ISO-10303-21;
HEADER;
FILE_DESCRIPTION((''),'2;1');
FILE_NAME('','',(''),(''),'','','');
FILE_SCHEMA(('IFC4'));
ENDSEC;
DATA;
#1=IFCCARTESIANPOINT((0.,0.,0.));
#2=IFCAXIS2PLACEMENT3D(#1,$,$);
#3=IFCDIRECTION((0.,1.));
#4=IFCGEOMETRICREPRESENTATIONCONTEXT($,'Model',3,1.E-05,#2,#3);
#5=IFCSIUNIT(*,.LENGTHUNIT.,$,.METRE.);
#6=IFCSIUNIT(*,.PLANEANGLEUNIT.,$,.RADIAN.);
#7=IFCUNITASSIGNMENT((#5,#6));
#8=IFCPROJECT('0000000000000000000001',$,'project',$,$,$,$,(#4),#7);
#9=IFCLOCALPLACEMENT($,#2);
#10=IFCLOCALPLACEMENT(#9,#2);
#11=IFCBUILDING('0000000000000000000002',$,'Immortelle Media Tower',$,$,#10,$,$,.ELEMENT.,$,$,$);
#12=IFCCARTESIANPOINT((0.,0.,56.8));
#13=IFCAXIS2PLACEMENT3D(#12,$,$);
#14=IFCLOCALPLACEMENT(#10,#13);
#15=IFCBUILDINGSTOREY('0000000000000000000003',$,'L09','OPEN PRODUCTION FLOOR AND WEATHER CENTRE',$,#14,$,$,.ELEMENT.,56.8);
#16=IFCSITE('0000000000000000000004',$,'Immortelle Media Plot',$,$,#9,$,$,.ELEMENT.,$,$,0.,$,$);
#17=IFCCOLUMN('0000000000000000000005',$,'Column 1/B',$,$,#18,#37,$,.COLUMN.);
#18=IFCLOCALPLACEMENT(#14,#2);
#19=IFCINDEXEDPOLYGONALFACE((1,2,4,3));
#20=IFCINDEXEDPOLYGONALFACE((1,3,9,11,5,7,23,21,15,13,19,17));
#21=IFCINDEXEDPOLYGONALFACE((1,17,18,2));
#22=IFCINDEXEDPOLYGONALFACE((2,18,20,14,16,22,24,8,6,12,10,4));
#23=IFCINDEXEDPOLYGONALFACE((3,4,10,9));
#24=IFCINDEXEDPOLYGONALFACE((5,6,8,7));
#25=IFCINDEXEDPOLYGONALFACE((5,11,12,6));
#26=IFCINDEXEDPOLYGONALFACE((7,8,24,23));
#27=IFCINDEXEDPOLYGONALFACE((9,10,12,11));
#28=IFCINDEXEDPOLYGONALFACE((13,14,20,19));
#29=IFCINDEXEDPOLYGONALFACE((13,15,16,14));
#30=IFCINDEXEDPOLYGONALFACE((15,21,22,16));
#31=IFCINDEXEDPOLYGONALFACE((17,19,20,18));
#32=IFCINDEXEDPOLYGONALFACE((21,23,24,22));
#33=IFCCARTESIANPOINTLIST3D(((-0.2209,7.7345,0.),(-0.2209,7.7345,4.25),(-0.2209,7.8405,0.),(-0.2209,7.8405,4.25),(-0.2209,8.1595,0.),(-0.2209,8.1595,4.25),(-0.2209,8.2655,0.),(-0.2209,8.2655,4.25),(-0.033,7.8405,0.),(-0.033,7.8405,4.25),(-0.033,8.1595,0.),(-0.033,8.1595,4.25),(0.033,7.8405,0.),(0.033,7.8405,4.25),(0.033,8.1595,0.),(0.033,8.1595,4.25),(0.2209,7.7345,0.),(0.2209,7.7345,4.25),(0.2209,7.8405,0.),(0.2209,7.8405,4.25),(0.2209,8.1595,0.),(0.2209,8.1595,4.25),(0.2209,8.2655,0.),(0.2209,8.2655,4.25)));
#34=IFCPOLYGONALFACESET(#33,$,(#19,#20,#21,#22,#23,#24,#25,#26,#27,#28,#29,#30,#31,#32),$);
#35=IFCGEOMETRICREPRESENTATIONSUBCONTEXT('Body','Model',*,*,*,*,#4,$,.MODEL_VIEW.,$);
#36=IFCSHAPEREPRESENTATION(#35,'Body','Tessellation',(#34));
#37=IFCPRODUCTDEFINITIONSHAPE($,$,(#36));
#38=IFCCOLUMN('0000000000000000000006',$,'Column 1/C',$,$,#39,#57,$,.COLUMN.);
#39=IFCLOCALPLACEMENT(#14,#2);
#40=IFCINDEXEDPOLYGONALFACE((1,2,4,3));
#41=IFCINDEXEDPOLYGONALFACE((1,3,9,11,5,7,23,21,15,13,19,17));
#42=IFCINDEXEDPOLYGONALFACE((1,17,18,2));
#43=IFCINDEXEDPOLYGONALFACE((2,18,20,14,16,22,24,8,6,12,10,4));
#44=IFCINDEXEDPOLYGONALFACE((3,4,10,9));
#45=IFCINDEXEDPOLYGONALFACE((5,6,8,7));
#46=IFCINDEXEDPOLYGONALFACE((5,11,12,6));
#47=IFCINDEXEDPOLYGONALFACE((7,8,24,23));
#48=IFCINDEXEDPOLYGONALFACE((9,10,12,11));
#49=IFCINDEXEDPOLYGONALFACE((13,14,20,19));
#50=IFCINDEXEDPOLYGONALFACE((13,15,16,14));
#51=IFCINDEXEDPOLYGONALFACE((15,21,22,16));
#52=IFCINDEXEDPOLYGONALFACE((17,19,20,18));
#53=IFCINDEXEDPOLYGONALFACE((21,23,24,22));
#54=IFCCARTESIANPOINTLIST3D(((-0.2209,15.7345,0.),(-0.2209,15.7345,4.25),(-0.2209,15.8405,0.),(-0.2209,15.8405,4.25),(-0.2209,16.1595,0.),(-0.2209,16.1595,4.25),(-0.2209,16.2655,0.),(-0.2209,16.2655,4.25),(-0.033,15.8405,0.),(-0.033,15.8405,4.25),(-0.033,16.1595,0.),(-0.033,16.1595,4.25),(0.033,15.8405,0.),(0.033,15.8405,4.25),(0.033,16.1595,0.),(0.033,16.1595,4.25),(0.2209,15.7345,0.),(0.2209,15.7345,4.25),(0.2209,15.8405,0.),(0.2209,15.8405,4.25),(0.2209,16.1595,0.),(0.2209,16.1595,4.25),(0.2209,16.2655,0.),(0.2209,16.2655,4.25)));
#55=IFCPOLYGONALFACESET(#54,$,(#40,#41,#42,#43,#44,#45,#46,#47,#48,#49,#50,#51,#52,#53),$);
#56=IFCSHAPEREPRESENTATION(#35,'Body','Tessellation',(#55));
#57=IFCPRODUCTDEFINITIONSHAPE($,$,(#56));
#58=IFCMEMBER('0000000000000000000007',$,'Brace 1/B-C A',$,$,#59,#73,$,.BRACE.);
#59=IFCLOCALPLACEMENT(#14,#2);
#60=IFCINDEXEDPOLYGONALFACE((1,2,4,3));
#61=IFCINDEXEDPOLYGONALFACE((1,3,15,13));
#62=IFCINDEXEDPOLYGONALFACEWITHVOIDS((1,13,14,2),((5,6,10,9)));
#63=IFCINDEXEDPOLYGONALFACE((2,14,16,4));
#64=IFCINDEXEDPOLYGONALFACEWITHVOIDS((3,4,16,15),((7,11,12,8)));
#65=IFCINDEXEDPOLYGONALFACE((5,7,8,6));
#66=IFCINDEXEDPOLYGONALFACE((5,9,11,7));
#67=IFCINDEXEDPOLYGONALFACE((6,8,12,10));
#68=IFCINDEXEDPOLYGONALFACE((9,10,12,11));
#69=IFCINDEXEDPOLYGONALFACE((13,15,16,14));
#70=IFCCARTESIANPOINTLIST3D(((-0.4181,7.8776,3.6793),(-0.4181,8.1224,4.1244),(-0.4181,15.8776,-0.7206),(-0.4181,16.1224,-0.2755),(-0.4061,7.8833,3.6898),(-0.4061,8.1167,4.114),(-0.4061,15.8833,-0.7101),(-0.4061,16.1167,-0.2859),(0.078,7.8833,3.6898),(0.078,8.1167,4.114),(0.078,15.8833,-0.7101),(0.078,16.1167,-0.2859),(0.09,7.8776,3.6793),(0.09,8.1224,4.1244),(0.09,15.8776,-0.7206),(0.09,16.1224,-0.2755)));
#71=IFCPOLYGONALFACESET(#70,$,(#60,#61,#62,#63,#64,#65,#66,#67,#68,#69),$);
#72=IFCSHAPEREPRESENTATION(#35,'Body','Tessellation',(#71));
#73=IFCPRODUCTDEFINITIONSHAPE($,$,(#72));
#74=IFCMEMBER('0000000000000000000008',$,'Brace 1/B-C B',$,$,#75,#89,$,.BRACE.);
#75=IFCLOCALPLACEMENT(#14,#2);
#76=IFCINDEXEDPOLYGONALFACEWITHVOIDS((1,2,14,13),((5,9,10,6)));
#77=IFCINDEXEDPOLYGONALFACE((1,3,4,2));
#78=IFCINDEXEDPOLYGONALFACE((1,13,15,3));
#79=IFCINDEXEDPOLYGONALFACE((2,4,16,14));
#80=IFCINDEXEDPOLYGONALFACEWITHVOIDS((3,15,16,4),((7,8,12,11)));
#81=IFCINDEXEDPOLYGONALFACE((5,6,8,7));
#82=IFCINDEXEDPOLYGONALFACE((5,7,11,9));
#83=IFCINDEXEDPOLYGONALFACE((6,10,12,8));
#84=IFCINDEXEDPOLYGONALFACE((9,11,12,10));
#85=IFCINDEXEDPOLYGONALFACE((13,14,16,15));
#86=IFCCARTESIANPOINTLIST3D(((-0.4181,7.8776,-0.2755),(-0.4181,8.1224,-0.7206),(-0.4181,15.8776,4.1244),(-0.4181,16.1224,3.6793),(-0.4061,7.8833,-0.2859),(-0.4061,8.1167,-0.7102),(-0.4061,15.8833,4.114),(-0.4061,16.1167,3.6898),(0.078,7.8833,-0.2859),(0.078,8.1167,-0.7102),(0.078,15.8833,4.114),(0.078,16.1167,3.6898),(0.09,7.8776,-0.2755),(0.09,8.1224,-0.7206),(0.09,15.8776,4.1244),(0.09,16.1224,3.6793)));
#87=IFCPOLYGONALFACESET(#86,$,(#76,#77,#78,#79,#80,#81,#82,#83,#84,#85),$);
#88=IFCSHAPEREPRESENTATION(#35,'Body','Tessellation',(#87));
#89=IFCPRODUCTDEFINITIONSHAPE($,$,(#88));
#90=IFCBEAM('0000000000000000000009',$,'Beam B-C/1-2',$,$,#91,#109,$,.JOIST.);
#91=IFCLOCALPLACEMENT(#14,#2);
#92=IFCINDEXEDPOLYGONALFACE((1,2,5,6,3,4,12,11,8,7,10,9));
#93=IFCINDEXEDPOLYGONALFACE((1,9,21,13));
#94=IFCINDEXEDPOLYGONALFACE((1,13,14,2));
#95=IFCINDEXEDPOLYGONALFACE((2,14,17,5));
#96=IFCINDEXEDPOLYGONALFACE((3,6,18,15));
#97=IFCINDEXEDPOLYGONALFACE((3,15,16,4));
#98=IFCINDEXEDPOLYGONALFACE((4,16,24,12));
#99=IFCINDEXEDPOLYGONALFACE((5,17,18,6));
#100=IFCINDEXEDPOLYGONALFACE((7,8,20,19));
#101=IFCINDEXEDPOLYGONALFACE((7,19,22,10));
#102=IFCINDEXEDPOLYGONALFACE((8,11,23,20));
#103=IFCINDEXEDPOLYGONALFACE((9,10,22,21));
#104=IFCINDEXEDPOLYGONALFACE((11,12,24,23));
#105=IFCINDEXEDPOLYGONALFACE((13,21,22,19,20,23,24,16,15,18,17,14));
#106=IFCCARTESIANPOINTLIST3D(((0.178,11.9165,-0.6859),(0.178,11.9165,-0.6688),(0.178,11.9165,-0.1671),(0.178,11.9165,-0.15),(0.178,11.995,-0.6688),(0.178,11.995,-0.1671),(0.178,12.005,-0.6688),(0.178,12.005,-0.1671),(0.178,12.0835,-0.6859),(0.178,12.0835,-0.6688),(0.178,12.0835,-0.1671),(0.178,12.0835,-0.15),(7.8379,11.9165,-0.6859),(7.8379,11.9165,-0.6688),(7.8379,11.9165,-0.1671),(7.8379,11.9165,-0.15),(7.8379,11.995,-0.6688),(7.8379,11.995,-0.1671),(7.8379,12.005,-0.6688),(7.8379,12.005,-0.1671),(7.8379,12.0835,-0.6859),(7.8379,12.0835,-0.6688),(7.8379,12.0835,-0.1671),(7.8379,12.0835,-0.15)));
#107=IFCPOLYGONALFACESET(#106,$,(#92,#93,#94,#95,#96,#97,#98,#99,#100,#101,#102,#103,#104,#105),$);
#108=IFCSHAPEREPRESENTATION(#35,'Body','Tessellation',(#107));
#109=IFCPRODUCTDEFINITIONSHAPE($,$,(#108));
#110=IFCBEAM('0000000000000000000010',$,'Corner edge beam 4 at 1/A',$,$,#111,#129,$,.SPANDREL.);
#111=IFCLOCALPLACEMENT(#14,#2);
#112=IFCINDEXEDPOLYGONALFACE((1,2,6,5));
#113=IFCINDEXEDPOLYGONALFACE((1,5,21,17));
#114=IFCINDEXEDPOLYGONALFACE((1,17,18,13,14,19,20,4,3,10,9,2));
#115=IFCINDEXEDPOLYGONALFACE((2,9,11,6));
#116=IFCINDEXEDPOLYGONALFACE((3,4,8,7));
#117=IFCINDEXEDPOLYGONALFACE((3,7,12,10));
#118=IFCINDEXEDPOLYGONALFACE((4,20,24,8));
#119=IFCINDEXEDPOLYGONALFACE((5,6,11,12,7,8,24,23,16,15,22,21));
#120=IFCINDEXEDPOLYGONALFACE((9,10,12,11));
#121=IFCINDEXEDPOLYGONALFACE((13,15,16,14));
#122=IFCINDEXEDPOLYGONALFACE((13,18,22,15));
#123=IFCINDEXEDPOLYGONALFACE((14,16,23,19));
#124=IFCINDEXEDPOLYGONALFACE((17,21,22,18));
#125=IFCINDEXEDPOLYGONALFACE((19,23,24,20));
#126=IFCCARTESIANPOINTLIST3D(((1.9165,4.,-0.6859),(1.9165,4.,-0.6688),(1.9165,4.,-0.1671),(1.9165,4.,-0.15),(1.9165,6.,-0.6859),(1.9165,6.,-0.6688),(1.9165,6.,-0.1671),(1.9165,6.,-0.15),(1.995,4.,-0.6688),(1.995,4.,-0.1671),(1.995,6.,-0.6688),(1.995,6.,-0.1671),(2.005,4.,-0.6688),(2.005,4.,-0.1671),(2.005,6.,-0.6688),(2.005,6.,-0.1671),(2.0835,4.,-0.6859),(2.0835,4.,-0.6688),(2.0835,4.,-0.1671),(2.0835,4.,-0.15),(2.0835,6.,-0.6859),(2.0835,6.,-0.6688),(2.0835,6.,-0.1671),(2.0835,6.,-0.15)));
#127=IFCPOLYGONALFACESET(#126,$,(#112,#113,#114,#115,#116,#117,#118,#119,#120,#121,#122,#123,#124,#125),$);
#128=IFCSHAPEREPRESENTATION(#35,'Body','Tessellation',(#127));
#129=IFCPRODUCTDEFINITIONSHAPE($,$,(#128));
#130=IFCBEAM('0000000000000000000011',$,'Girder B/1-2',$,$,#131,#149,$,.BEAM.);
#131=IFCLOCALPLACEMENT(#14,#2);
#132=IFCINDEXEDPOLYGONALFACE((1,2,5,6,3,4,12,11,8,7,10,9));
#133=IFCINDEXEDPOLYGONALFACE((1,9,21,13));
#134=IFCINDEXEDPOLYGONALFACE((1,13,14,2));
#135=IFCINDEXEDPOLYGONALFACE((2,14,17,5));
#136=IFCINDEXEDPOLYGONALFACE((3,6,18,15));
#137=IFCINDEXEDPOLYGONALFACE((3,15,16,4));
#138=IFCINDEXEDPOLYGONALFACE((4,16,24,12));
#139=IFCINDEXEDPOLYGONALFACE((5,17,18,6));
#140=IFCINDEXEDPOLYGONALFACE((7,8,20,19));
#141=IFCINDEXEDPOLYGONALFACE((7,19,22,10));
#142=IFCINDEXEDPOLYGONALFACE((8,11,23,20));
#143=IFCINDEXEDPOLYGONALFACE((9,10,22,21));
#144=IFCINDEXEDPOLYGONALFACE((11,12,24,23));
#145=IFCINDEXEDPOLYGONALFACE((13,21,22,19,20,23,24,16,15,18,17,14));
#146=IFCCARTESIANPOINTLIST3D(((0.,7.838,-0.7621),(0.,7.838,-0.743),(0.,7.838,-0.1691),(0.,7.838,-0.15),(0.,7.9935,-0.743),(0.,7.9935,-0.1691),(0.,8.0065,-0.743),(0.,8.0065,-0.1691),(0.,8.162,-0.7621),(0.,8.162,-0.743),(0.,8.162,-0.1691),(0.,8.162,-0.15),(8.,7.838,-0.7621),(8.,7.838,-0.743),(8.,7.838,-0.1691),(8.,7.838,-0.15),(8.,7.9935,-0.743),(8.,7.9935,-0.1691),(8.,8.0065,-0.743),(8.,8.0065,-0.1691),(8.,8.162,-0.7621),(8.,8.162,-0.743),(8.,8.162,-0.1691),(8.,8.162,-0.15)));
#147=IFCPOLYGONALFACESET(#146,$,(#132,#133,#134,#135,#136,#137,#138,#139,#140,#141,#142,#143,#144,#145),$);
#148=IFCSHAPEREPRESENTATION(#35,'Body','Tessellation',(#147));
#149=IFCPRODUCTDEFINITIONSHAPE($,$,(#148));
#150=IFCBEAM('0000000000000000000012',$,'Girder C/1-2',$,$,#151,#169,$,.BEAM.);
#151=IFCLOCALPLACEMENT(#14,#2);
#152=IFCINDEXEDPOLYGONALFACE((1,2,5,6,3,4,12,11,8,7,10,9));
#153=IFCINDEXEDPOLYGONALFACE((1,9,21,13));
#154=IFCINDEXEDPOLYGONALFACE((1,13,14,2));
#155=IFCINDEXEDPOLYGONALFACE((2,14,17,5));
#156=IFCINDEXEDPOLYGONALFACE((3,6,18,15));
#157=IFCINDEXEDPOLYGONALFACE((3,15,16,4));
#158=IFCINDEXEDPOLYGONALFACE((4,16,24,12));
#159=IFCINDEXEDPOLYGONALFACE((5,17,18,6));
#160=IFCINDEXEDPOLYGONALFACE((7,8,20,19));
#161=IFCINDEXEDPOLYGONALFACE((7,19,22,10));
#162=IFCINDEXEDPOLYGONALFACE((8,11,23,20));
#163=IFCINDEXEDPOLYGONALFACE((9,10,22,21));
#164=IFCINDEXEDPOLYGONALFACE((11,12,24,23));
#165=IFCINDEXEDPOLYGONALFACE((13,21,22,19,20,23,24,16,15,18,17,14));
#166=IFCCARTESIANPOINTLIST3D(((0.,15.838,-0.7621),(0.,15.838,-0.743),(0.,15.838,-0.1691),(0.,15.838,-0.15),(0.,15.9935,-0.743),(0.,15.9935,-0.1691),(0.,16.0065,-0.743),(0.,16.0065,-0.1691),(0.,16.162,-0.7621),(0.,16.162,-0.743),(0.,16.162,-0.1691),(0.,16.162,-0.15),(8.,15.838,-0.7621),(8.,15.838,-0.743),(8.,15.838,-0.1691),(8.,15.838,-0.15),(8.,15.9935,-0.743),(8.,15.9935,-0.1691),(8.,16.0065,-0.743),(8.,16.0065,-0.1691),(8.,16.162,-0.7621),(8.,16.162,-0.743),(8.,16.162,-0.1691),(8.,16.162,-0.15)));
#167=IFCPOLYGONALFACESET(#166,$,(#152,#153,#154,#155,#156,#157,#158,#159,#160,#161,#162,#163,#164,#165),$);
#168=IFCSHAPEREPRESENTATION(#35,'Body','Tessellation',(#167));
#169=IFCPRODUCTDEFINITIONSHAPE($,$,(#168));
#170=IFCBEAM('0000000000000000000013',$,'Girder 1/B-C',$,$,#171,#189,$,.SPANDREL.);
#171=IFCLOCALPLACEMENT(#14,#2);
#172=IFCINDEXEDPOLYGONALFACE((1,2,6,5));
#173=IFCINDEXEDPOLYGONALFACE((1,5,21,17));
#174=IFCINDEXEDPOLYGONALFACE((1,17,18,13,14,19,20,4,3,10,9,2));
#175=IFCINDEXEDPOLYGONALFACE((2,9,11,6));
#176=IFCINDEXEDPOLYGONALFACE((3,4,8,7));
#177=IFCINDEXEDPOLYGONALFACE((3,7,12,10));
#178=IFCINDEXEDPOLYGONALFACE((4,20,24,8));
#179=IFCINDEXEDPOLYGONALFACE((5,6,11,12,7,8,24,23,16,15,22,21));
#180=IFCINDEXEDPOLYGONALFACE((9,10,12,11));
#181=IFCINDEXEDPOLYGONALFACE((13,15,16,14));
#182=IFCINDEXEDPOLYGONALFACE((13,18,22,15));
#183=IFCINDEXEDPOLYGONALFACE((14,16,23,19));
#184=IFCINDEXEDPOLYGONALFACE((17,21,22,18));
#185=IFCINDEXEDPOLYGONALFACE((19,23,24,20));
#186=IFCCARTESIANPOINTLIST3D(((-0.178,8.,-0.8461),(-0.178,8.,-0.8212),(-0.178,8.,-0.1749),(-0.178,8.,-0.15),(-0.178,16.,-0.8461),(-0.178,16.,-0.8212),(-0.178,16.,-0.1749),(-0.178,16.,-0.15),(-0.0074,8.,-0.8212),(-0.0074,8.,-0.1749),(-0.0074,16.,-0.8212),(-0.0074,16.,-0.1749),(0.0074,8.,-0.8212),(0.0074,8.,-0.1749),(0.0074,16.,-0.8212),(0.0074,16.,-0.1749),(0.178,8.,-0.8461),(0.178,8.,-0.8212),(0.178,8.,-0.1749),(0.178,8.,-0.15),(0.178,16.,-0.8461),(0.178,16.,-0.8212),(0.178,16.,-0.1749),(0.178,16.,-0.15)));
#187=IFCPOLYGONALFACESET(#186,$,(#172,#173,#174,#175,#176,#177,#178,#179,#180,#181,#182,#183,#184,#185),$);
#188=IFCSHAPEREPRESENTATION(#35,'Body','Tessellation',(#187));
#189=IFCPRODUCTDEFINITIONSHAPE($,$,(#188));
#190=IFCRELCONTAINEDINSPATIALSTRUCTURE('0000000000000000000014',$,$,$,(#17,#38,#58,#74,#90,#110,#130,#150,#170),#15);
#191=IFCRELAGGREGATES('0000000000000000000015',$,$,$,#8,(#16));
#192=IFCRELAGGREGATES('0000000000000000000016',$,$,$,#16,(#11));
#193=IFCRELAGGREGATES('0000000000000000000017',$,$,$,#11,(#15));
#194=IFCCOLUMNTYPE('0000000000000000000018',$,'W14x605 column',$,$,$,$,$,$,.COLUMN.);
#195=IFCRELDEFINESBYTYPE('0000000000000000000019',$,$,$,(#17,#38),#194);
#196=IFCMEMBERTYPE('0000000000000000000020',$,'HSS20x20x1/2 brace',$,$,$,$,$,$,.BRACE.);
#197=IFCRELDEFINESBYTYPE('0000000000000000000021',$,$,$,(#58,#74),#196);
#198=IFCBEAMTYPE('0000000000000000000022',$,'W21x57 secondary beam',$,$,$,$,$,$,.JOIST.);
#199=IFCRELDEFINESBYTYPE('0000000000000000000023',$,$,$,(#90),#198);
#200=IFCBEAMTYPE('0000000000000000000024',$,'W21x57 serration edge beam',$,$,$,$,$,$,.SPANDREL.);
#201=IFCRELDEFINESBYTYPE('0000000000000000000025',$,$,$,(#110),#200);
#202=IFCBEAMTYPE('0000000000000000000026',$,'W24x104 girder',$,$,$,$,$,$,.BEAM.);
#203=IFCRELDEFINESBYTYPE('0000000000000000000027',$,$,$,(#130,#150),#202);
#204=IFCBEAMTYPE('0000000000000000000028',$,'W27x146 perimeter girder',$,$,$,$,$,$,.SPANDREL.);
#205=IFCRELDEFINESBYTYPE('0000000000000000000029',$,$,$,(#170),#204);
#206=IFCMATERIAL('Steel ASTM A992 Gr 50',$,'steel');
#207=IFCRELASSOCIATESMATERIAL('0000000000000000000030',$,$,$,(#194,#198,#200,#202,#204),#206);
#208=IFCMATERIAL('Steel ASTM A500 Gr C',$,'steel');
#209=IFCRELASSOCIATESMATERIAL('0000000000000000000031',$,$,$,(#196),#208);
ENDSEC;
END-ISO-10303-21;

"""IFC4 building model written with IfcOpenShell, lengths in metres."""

from ifc_helpers import new_model, si_unit, direction, frame, origin, origin_2d, place, context, subcontext, project, spatial, hollow_rectangle, i_section, extrude, material, material_profile, profile_set, type_object, element, save


model = new_model("IFC4")

# Units and contexts
model_context = context("Model", 3, precision=1e-05, world=origin(), true_north=direction((0.0, 1.0)))
body_context = subcontext(model_context, "Body", "Model", "MODEL_VIEW")
ifc_project = project(units=[si_unit("LENGTHUNIT", "METRE"), si_unit("PLANEANGLEUNIT", "RADIAN")], contexts=[model_context])

# Site, building, storey
site_placement = place(None, origin())
site = spatial("IfcSite", under=ifc_project, at=site_placement, Name="Immortelle Media Plot", CompositionType="ELEMENT", RefElevation=0.0)
building_placement = place(site_placement, origin())
building = spatial("IfcBuilding", under=site, at=building_placement, Name="Immortelle Media Tower", CompositionType="ELEMENT")
storey_placement = place(building_placement, frame((0.0, 0.0, 56.8)))
storey = spatial("IfcBuildingStorey", under=building, at=storey_placement, Name="L09", Description="OPEN PRODUCTION FLOOR AND WEATHER CENTRE", CompositionType="ELEMENT", Elevation=56.8)

# Columns
ifc_material_1 = material(Name="Steel ASTM A992 Gr 50", Category="steel")
ifc_material_profile_1 = material_profile(ifc_material_1, i_section(OverallWidth=0.4419, OverallDepth=0.531, WebThickness=0.0659, FlangeThickness=0.106, at=origin_2d()), Name="W14x605")
ifc_profile_set_1 = profile_set([ifc_material_profile_1], Name="Steel ASTM A992 Gr 50")
column_type = type_object("IfcColumnType", Name="W14x605 column", PredefinedType="COLUMN", material=ifc_profile_set_1)
for number, where, z_axis, x_axis, name in (
    (1, (0.0, 8.0, 0.0), (0.0, 0.0, 1.0), (1.0, 0.0, 0.0), "Column 1/B"),
    (2, (0.0, 16.0, 0.0), (0.0, 0.0, 1.0), (1.0, 0.0, 0.0), "Column 1/C"),
):
    element("IfcColumn", number, at=place(storey_placement, frame(where, z_axis=z_axis, x_axis=x_axis)), inside=storey, type_object=column_type, Name=name, PredefinedType="COLUMN", context=body_context, shape_type="SweptSolid", body=[
        extrude(i_section(OverallWidth=0.4419, OverallDepth=0.531, WebThickness=0.0659, FlangeThickness=0.106, at=origin_2d()), origin(), (0.0, 0.0, 1.0), 4.25),
    ])

# Members
ifc_material_2 = material(Name="Steel ASTM A500 Gr C", Category="steel")
ifc_material_profile_2 = material_profile(ifc_material_2, hollow_rectangle(XDim=0.5081, YDim=0.5081, WallThickness=0.012, at=origin_2d()), Name="HSS20x20x1/2 brace")
ifc_profile_set_2 = profile_set([ifc_material_profile_2], Name="Steel ASTM A500 Gr C")
member_type = type_object("IfcMemberType", Name="HSS20x20x1/2 brace", PredefinedType="BRACE", material=ifc_profile_set_2)
for number, where, z_axis, x_axis, name in (
    (3, (-0.1641, 16.0, -0.498), (0.0, -0.87622, 0.481911), (1.0, 0.0, 0.0), "Brace 1/B-C A"),
    (4, (-0.1641, 16.0, 3.9019), (0.0, -0.87622, -0.481911), (1.0, 0.0, 0.0), "Brace 1/B-C B"),
):
    element("IfcMember", number, at=place(storey_placement, frame(where, z_axis=z_axis, x_axis=x_axis)), inside=storey, type_object=member_type, Name=name, PredefinedType="BRACE", context=body_context, shape_type="SweptSolid", body=[
        extrude(hollow_rectangle(XDim=0.5081, YDim=0.5081, WallThickness=0.012, at=origin_2d()), origin(), (0.0, 0.0, 1.0), 9.1301),
    ])

# Beams
ifc_material_profile_3 = material_profile(ifc_material_1, i_section(OverallWidth=0.167, OverallDepth=0.5359, WebThickness=0.01, FlangeThickness=0.0171, at=origin_2d()), Name="W21x57")
ifc_profile_set_3 = profile_set([ifc_material_profile_3], Name="Steel ASTM A992 Gr 50")
beam_type_1 = type_object("IfcBeamType", Name="W21x57 secondary beam", PredefinedType="JOIST", material=ifc_profile_set_3)
beam_1_placement = place(storey_placement, frame((0.178, 12.0, -0.418), z_axis=(1.0, 0.0, 0.0), x_axis=(0.0, 1.0, 0.0)))
element("IfcBeam", 5, at=beam_1_placement, inside=storey, type_object=beam_type_1, Name="Beam B-C/1-2", PredefinedType="JOIST", context=body_context, shape_type="SweptSolid", body=[
    extrude(i_section(OverallWidth=0.167, OverallDepth=0.5359, WebThickness=0.01, FlangeThickness=0.0171, at=origin_2d()), origin(), (0.0, 0.0, 1.0), 7.6599),
])
ifc_material_profile_4 = material_profile(ifc_material_1, i_section(OverallWidth=0.167, OverallDepth=0.5359, WebThickness=0.01, FlangeThickness=0.0171, at=origin_2d()), Name="W21x57")
ifc_profile_set_4 = profile_set([ifc_material_profile_4], Name="Steel ASTM A992 Gr 50")
beam_type_2 = type_object("IfcBeamType", Name="W21x57 serration edge beam", PredefinedType="SPANDREL", material=ifc_profile_set_4)
beam_2_placement = place(storey_placement, frame((2.0, 4.0, -0.418), z_axis=(0.0, 1.0, 0.0), x_axis=(-1.0, 0.0, 0.0)))
element("IfcBeam", 6, at=beam_2_placement, inside=storey, type_object=beam_type_2, Name="Corner edge beam 4 at 1/A", PredefinedType="SPANDREL", context=body_context, shape_type="SweptSolid", body=[
    extrude(i_section(OverallWidth=0.167, OverallDepth=0.5359, WebThickness=0.01, FlangeThickness=0.0171, at=origin_2d()), origin(), (0.0, 0.0, 1.0), 2.0),
])
ifc_material_profile_5 = material_profile(ifc_material_1, i_section(OverallWidth=0.324, OverallDepth=0.6121, WebThickness=0.0129, FlangeThickness=0.019, at=origin_2d()), Name="W24x104")
ifc_profile_set_5 = profile_set([ifc_material_profile_5], Name="Steel ASTM A992 Gr 50")
beam_type_3 = type_object("IfcBeamType", Name="W24x104 girder", PredefinedType="BEAM", material=ifc_profile_set_5)
for number, where, z_axis, x_axis, name in (
    (7, (0.0, 8.0, -0.4561), (1.0, 0.0, 0.0), (0.0, 1.0, 0.0), "Girder B/1-2"),
    (8, (0.0, 16.0, -0.4561), (1.0, 0.0, 0.0), (0.0, 1.0, 0.0), "Girder C/1-2"),
):
    element("IfcBeam", number, at=place(storey_placement, frame(where, z_axis=z_axis, x_axis=x_axis)), inside=storey, type_object=beam_type_3, Name=name, PredefinedType="BEAM", context=body_context, shape_type="SweptSolid", body=[
        extrude(i_section(OverallWidth=0.324, OverallDepth=0.6121, WebThickness=0.0129, FlangeThickness=0.019, at=origin_2d()), origin(), (0.0, 0.0, 1.0), 8.0),
    ])
ifc_material_profile_6 = material_profile(ifc_material_1, i_section(OverallWidth=0.356, OverallDepth=0.696, WebThickness=0.0149, FlangeThickness=0.0249, at=origin_2d()), Name="W27x146")
ifc_profile_set_6 = profile_set([ifc_material_profile_6], Name="Steel ASTM A992 Gr 50")
beam_type_4 = type_object("IfcBeamType", Name="W27x146 perimeter girder", PredefinedType="SPANDREL", material=ifc_profile_set_6)
for number, where, z_axis, x_axis, name in (
    (9, (0.0, 8.0, -0.498), (0.0, 1.0, 0.0), (-1.0, 0.0, 0.0), "Girder 1/B-C"),
):
    element("IfcBeam", number, at=place(storey_placement, frame(where, z_axis=z_axis, x_axis=x_axis)), inside=storey, type_object=beam_type_4, Name=name, PredefinedType="SPANDREL", context=body_context, shape_type="SweptSolid", body=[
        extrude(i_section(OverallWidth=0.356, OverallDepth=0.696, WebThickness=0.0149, FlangeThickness=0.0249, at=origin_2d()), origin(), (0.0, 0.0, 1.0), 8.0),
    ])

save(model, "model.ifc")
